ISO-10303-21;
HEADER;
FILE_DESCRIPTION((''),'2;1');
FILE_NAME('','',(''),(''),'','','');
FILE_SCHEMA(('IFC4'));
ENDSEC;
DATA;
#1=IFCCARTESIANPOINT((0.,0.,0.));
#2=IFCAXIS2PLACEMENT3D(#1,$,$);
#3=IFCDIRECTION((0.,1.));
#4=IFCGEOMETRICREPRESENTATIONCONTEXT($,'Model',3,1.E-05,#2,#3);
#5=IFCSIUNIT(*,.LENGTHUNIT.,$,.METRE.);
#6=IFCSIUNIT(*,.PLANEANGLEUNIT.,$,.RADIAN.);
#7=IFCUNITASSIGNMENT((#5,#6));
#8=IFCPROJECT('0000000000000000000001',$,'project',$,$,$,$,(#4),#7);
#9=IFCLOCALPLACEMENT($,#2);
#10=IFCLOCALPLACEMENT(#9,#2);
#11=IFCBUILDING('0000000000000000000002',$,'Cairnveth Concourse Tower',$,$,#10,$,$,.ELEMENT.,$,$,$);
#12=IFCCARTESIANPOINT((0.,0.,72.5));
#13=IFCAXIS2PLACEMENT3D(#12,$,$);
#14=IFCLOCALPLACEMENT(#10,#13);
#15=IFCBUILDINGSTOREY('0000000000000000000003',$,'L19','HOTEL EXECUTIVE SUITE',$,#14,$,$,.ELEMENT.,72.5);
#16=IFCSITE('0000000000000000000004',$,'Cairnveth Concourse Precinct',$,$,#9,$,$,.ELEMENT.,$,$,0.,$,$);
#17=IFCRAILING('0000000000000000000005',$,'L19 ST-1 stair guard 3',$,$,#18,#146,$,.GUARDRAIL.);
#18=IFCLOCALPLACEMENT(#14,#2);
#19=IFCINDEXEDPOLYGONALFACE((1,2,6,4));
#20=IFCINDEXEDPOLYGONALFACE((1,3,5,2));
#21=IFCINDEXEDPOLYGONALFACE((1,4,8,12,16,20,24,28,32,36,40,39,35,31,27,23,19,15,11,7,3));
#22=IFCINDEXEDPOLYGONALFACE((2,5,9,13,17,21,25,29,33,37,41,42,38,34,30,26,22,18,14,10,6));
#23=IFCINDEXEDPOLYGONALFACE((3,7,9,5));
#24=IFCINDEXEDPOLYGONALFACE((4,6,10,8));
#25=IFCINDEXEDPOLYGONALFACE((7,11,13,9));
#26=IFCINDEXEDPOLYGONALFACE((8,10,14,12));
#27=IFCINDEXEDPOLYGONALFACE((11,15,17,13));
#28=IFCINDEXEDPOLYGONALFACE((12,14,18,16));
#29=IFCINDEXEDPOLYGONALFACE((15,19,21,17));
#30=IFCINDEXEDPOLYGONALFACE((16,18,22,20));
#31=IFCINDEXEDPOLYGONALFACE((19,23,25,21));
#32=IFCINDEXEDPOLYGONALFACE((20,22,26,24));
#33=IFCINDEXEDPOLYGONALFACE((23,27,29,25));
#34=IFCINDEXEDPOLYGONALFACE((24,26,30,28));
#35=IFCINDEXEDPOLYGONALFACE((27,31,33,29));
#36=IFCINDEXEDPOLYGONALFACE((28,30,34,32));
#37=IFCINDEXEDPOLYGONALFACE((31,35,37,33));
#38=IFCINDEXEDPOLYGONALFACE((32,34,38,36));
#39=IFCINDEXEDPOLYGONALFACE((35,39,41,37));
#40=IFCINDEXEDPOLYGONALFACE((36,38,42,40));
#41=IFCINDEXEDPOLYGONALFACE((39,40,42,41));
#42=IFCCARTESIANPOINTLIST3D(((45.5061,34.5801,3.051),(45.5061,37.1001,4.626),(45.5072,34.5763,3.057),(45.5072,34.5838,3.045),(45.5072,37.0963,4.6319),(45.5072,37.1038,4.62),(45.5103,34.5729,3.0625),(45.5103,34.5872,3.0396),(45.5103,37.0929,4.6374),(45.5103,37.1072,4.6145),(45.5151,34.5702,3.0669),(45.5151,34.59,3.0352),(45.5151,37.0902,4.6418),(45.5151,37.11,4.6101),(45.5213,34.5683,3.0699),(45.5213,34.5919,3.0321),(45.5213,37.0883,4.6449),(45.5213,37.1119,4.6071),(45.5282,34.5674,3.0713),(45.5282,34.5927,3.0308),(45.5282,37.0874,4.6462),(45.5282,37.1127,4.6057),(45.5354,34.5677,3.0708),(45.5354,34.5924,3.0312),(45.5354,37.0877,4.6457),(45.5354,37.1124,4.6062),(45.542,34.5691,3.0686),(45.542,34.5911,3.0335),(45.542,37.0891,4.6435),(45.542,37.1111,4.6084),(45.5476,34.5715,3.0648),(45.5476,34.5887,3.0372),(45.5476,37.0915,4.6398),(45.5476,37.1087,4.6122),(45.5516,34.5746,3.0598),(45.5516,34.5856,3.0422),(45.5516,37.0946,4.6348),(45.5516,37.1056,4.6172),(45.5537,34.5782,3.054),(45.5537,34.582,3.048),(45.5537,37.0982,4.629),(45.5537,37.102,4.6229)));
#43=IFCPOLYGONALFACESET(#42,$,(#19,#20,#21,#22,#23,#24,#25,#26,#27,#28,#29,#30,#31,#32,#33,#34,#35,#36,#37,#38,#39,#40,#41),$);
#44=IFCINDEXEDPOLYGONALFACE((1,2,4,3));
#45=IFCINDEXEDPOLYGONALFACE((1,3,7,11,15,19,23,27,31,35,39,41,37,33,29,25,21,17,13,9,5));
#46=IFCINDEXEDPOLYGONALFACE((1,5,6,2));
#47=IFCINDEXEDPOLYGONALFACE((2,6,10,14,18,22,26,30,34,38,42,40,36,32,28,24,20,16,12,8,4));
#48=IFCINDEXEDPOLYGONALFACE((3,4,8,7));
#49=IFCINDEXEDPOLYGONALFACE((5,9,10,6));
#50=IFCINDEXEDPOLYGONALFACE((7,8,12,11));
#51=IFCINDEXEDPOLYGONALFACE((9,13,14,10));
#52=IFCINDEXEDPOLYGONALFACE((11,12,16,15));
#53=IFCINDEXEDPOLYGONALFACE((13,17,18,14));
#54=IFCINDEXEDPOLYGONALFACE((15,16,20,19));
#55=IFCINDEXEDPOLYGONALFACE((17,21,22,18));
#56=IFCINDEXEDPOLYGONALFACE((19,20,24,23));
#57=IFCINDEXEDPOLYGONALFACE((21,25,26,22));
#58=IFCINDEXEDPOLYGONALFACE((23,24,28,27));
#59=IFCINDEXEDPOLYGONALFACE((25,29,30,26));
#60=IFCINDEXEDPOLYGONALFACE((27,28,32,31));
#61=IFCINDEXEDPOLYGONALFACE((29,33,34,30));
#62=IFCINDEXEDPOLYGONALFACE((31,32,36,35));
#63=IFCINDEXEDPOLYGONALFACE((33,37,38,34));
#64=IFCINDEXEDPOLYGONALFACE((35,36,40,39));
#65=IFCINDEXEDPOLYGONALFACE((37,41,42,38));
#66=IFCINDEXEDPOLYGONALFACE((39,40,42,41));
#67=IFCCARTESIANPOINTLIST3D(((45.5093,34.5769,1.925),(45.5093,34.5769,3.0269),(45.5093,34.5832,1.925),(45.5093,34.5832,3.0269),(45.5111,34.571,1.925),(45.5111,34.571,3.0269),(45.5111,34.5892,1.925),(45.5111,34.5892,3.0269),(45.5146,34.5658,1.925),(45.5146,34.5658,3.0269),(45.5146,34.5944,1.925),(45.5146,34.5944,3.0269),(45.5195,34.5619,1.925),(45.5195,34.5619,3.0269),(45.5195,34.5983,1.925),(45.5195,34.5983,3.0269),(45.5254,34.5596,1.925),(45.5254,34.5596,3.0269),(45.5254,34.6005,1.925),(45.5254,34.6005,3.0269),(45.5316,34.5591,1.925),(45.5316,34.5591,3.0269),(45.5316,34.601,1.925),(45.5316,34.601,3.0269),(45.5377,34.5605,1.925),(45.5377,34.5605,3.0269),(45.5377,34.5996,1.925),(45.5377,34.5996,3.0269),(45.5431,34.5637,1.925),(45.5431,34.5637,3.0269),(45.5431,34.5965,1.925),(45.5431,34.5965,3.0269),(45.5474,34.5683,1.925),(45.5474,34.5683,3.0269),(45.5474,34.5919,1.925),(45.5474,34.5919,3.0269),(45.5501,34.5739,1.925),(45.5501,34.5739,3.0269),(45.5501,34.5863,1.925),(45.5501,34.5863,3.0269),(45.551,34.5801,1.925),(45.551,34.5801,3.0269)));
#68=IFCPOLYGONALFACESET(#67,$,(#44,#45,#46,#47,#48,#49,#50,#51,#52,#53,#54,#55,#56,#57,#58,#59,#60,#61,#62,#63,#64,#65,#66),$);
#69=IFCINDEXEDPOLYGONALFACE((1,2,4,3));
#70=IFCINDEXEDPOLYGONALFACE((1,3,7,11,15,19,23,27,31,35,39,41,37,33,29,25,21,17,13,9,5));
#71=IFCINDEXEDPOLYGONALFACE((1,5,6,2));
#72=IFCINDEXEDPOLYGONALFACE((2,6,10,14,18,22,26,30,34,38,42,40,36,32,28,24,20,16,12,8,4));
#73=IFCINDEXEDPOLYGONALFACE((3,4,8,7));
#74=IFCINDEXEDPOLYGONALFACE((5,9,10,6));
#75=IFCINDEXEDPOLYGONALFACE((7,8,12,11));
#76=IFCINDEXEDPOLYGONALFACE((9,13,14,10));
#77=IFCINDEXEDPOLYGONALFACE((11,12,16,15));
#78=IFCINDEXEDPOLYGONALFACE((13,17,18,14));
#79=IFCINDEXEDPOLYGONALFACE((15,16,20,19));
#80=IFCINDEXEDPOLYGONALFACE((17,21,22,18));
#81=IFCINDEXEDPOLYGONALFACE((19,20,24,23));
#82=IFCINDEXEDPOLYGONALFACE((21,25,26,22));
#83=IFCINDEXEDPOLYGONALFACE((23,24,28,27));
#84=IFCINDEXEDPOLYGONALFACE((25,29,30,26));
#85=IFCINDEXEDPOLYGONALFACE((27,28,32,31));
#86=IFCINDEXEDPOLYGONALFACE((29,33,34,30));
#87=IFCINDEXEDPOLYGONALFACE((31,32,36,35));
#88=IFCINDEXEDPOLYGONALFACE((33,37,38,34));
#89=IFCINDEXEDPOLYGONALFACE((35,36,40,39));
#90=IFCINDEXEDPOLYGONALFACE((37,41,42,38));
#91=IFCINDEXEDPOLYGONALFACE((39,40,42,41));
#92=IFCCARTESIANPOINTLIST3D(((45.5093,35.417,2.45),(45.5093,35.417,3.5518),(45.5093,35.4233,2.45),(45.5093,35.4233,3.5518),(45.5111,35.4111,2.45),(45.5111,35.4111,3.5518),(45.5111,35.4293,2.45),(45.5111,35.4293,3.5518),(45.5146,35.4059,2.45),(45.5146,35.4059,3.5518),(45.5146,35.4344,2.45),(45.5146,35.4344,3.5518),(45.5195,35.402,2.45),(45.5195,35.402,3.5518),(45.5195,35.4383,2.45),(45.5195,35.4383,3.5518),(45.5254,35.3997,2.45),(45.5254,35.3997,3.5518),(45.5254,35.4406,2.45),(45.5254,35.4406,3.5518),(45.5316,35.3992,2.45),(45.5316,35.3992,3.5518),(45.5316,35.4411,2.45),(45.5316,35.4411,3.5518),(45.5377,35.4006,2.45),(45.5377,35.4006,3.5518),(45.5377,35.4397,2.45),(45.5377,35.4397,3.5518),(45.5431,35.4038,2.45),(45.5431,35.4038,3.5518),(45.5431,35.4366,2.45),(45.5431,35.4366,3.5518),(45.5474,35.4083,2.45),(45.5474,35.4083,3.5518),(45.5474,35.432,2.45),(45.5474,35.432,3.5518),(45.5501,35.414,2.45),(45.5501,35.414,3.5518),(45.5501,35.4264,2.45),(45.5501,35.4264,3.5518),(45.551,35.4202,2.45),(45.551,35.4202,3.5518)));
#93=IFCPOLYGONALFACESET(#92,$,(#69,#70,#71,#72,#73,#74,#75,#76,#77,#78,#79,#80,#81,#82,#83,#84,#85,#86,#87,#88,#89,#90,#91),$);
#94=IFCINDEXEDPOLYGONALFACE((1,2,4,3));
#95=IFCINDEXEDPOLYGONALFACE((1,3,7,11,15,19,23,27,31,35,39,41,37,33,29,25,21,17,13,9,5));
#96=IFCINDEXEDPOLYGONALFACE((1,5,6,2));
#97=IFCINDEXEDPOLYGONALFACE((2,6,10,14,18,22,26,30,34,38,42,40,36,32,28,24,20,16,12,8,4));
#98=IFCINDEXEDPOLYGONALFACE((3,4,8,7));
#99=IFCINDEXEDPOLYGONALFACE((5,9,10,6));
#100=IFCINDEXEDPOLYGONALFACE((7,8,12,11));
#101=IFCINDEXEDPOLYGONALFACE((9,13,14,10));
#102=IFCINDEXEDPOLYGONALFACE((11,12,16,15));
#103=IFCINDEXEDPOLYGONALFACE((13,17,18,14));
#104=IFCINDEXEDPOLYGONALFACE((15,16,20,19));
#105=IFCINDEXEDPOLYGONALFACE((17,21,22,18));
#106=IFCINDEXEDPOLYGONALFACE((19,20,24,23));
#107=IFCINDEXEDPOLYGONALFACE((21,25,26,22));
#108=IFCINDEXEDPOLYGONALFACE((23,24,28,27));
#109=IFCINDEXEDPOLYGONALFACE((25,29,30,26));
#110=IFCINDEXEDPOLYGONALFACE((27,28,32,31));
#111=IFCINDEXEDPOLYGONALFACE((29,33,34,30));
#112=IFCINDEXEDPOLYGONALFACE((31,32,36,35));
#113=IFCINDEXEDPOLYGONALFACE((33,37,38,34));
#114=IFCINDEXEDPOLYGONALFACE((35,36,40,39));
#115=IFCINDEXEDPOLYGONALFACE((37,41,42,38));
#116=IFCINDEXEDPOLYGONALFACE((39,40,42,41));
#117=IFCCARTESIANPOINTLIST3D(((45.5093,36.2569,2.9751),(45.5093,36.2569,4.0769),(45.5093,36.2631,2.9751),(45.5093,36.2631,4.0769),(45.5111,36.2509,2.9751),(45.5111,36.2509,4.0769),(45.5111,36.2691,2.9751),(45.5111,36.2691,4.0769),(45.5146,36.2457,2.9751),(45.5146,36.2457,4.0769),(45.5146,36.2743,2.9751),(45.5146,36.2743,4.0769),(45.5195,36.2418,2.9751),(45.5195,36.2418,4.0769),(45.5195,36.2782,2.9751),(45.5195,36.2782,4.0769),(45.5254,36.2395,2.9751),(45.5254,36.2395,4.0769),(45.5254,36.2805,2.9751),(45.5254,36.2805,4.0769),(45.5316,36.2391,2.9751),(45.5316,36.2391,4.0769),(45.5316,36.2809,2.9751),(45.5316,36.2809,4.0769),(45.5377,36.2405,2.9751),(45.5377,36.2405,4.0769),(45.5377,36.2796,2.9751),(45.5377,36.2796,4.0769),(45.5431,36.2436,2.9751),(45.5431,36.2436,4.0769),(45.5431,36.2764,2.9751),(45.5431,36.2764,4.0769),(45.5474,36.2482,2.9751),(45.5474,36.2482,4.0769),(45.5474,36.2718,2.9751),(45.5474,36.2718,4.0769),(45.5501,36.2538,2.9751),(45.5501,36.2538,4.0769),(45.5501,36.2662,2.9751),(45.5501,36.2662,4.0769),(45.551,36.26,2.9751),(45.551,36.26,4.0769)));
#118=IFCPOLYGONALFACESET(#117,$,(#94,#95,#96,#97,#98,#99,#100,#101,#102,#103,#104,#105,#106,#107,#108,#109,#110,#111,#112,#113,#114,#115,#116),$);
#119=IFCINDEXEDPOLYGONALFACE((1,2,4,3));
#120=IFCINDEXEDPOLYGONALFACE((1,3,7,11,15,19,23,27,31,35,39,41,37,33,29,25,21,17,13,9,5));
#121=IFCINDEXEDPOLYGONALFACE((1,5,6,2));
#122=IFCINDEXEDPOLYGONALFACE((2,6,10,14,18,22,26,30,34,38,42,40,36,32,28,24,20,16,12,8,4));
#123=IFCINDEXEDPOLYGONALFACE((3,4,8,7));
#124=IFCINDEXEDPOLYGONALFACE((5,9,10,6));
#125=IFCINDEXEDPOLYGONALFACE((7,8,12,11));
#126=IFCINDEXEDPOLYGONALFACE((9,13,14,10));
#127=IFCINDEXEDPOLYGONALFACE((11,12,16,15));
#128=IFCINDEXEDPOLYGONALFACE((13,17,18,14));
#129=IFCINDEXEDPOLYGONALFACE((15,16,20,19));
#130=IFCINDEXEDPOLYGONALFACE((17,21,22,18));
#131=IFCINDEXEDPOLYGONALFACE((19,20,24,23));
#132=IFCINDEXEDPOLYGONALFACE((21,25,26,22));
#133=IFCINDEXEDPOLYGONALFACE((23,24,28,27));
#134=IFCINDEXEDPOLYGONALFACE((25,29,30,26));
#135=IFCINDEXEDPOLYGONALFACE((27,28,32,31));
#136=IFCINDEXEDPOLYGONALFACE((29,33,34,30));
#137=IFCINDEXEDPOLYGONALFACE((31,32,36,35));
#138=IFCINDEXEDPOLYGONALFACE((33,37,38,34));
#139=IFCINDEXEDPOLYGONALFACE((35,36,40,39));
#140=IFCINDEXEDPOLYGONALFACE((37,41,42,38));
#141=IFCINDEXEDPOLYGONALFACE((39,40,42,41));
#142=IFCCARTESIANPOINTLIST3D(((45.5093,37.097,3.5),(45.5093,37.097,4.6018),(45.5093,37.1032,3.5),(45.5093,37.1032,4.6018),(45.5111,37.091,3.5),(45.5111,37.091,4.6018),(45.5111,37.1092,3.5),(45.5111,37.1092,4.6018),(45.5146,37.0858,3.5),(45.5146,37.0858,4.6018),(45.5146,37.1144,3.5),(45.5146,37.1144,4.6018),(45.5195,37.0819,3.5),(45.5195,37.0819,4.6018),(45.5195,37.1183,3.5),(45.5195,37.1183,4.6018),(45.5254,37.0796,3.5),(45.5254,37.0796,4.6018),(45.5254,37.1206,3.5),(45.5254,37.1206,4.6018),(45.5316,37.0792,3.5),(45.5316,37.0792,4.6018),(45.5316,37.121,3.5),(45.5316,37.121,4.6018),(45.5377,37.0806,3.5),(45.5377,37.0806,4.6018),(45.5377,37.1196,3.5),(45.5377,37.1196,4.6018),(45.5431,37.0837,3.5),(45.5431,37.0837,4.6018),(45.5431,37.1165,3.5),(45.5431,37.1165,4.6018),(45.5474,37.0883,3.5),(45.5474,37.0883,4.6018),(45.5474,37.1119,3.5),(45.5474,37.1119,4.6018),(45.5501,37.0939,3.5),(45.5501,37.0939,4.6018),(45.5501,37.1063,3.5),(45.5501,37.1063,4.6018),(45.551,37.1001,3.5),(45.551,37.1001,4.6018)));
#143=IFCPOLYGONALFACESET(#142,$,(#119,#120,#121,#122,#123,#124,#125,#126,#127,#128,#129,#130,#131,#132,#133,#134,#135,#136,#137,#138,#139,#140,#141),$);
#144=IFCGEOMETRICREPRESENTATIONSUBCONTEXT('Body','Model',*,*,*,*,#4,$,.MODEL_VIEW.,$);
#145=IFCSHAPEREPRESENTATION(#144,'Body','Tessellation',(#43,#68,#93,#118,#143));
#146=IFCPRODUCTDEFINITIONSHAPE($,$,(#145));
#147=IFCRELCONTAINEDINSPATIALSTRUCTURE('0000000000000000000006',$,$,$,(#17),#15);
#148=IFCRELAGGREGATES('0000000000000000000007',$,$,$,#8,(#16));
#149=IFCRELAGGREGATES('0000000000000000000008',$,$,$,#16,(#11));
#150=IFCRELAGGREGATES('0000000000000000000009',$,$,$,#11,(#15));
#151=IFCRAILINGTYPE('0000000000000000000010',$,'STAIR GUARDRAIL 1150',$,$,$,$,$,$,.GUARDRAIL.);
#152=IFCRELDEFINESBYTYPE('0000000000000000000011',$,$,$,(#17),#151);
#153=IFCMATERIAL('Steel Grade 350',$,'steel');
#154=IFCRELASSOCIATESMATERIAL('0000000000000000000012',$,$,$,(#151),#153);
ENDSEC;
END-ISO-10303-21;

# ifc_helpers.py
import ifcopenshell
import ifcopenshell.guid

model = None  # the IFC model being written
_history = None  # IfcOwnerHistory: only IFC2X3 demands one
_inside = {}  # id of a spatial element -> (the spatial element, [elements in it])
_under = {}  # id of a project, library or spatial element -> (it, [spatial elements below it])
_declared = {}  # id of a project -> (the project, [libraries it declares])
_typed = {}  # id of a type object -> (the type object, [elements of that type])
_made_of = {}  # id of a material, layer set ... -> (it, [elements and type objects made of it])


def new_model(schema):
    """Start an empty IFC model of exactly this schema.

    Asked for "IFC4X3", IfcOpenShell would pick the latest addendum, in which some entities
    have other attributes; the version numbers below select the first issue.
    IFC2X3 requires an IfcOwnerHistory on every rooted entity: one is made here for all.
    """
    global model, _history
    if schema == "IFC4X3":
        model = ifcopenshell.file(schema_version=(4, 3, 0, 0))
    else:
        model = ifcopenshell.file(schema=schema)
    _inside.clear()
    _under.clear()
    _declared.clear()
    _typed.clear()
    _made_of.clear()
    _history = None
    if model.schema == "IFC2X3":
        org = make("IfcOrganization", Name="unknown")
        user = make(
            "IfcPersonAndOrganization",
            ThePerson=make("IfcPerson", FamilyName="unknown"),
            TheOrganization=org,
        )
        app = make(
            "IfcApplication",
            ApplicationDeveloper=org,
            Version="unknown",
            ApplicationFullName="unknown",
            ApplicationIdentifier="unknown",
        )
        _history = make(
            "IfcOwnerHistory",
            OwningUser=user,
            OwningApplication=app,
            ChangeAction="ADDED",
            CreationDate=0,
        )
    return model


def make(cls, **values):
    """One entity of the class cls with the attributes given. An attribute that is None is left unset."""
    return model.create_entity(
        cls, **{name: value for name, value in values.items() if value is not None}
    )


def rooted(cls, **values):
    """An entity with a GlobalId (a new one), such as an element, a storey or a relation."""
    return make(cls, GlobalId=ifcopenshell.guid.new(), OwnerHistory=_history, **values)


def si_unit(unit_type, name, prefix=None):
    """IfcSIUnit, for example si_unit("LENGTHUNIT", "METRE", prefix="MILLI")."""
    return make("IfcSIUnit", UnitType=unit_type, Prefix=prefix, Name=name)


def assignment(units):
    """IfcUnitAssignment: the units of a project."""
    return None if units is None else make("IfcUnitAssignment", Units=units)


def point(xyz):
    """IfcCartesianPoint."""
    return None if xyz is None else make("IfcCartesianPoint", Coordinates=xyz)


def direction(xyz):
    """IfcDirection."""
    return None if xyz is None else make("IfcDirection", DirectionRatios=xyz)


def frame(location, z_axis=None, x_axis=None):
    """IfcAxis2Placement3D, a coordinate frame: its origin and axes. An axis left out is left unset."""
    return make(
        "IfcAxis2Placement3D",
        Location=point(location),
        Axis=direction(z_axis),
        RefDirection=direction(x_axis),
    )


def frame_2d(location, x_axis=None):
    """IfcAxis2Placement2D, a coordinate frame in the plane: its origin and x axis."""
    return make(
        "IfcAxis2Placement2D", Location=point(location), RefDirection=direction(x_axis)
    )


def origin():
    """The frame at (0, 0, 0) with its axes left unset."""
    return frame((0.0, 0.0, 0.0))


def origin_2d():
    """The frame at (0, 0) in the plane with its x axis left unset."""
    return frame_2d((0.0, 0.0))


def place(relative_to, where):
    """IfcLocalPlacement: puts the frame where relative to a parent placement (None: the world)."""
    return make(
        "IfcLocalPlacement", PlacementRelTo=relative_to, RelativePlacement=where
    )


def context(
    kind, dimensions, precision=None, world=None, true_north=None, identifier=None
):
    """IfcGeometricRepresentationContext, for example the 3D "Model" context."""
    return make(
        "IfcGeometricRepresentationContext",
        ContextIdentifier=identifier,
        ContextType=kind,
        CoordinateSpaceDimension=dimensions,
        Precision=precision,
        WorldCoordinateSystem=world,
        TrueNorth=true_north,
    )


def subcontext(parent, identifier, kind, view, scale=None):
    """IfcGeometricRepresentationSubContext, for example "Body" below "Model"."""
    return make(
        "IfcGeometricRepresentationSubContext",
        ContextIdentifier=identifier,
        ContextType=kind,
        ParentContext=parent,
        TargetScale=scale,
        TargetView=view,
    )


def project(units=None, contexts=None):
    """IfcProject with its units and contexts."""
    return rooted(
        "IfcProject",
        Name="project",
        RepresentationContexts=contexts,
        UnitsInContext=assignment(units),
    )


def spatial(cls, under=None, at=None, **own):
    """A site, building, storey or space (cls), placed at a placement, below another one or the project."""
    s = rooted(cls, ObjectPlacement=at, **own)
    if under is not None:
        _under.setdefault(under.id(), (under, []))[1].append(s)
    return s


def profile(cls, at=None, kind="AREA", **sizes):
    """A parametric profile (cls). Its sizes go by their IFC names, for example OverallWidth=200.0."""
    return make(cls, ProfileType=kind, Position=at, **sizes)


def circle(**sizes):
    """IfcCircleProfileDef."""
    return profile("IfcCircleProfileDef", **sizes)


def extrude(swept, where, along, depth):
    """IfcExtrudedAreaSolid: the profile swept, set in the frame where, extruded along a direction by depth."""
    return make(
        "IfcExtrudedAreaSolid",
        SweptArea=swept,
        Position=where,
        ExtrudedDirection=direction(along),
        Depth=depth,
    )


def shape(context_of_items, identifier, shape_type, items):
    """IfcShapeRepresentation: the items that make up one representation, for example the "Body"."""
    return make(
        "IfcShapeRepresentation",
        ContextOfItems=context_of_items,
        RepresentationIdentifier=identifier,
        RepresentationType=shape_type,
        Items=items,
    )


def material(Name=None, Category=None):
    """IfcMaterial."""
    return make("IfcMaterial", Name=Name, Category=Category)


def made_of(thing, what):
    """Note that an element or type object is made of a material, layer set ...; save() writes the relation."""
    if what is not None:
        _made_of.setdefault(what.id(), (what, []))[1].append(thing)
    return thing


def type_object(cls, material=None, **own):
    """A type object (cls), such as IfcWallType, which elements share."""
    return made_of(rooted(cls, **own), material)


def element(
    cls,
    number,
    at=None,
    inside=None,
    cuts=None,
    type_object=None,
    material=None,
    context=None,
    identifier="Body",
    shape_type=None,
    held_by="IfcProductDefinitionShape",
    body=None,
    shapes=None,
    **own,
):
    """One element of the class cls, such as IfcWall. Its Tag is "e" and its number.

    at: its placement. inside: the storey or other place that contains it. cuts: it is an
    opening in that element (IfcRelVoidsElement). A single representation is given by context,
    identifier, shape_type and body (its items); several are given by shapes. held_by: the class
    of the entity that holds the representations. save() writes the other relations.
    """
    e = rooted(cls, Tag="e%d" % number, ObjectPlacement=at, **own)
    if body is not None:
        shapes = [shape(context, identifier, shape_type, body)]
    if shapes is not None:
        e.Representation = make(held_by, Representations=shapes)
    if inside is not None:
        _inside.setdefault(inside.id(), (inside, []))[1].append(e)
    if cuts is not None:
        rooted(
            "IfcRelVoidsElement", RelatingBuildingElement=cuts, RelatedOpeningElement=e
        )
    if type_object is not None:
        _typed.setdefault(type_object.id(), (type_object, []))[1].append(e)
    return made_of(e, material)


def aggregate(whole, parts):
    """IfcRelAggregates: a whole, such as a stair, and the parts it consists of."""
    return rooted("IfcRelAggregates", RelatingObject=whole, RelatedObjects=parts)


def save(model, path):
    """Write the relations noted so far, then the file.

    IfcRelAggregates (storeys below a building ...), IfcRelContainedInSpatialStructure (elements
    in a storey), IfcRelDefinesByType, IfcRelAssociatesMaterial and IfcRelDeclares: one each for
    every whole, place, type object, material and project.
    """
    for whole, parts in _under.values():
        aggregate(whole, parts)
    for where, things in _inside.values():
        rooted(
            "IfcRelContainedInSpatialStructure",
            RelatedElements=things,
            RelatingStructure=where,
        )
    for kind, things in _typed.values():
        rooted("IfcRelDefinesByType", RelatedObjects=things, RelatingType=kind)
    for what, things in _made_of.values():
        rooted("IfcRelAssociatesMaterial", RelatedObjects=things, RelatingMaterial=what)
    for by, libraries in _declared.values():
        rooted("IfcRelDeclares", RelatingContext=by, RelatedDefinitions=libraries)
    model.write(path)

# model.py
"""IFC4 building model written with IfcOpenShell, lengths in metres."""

from ifc_helpers import new_model, si_unit, direction, frame, origin, origin_2d, place, context, subcontext, project, spatial, circle, extrude, material, type_object, element, save


model = new_model("IFC4")

# Units and contexts
model_context = context("Model", 3, precision=1e-05, world=origin(), true_north=direction((0.0, 1.0)))
body_context = subcontext(model_context, "Body", "Model", "MODEL_VIEW")
ifc_project = project(units=[si_unit("LENGTHUNIT", "METRE"), si_unit("PLANEANGLEUNIT", "RADIAN")], contexts=[model_context])

# Site, building, storey
site_placement = place(None, origin())
site = spatial("IfcSite", under=ifc_project, at=site_placement, Name="Cairnveth Concourse Precinct", CompositionType="ELEMENT", RefElevation=0.0)
building_placement = place(site_placement, origin())
building = spatial("IfcBuilding", under=site, at=building_placement, Name="Cairnveth Concourse Tower", CompositionType="ELEMENT")
storey_placement = place(building_placement, frame((0.0, 0.0, 72.5)))
storey = spatial("IfcBuildingStorey", under=building, at=storey_placement, Name="L19", Description="HOTEL EXECUTIVE SUITE", CompositionType="ELEMENT", Elevation=72.5)

# Railing
ifc_material_1 = material(Name="Steel Grade 350", Category="steel")
railing_type_1 = type_object("IfcRailingType", Name="STAIR GUARDRAIL 1150", PredefinedType="GUARDRAIL", material=ifc_material_1)
railing_1_placement = place(storey_placement, frame((45.53, 34.5801, 1.925)))
element("IfcRailing", 1, at=railing_1_placement, inside=storey, type_object=railing_type_1, Name="L19 ST-1 stair guard 3", PredefinedType="GUARDRAIL", context=body_context, shape_type="SweptSolid", body=[
    extrude(circle(Radius=0.0239, at=origin_2d()), frame((0.0, 0.0, 1.126), z_axis=(0.0, 0.848008, 0.529984), x_axis=(-1.0, 0.0, 0.0)), (0.0, 0.0, 1.0), 2.9717),
    extrude(circle(Radius=0.021, at=origin_2d()), origin(), (0.0, 0.0, 1.0), 1.1018),
    extrude(circle(Radius=0.021, at=origin_2d()), frame((0.0, 0.8401, 0.5249)), (0.0, 0.0, 1.0), 1.1018),
    extrude(circle(Radius=0.021, at=origin_2d()), frame((0.0, 1.6799, 1.05)), (0.0, 0.0, 1.0), 1.1018),
    extrude(circle(Radius=0.021, at=origin_2d()), frame((0.0, 2.52, 1.575)), (0.0, 0.0, 1.0), 1.1018),
])

save(model, "model.ifc")
